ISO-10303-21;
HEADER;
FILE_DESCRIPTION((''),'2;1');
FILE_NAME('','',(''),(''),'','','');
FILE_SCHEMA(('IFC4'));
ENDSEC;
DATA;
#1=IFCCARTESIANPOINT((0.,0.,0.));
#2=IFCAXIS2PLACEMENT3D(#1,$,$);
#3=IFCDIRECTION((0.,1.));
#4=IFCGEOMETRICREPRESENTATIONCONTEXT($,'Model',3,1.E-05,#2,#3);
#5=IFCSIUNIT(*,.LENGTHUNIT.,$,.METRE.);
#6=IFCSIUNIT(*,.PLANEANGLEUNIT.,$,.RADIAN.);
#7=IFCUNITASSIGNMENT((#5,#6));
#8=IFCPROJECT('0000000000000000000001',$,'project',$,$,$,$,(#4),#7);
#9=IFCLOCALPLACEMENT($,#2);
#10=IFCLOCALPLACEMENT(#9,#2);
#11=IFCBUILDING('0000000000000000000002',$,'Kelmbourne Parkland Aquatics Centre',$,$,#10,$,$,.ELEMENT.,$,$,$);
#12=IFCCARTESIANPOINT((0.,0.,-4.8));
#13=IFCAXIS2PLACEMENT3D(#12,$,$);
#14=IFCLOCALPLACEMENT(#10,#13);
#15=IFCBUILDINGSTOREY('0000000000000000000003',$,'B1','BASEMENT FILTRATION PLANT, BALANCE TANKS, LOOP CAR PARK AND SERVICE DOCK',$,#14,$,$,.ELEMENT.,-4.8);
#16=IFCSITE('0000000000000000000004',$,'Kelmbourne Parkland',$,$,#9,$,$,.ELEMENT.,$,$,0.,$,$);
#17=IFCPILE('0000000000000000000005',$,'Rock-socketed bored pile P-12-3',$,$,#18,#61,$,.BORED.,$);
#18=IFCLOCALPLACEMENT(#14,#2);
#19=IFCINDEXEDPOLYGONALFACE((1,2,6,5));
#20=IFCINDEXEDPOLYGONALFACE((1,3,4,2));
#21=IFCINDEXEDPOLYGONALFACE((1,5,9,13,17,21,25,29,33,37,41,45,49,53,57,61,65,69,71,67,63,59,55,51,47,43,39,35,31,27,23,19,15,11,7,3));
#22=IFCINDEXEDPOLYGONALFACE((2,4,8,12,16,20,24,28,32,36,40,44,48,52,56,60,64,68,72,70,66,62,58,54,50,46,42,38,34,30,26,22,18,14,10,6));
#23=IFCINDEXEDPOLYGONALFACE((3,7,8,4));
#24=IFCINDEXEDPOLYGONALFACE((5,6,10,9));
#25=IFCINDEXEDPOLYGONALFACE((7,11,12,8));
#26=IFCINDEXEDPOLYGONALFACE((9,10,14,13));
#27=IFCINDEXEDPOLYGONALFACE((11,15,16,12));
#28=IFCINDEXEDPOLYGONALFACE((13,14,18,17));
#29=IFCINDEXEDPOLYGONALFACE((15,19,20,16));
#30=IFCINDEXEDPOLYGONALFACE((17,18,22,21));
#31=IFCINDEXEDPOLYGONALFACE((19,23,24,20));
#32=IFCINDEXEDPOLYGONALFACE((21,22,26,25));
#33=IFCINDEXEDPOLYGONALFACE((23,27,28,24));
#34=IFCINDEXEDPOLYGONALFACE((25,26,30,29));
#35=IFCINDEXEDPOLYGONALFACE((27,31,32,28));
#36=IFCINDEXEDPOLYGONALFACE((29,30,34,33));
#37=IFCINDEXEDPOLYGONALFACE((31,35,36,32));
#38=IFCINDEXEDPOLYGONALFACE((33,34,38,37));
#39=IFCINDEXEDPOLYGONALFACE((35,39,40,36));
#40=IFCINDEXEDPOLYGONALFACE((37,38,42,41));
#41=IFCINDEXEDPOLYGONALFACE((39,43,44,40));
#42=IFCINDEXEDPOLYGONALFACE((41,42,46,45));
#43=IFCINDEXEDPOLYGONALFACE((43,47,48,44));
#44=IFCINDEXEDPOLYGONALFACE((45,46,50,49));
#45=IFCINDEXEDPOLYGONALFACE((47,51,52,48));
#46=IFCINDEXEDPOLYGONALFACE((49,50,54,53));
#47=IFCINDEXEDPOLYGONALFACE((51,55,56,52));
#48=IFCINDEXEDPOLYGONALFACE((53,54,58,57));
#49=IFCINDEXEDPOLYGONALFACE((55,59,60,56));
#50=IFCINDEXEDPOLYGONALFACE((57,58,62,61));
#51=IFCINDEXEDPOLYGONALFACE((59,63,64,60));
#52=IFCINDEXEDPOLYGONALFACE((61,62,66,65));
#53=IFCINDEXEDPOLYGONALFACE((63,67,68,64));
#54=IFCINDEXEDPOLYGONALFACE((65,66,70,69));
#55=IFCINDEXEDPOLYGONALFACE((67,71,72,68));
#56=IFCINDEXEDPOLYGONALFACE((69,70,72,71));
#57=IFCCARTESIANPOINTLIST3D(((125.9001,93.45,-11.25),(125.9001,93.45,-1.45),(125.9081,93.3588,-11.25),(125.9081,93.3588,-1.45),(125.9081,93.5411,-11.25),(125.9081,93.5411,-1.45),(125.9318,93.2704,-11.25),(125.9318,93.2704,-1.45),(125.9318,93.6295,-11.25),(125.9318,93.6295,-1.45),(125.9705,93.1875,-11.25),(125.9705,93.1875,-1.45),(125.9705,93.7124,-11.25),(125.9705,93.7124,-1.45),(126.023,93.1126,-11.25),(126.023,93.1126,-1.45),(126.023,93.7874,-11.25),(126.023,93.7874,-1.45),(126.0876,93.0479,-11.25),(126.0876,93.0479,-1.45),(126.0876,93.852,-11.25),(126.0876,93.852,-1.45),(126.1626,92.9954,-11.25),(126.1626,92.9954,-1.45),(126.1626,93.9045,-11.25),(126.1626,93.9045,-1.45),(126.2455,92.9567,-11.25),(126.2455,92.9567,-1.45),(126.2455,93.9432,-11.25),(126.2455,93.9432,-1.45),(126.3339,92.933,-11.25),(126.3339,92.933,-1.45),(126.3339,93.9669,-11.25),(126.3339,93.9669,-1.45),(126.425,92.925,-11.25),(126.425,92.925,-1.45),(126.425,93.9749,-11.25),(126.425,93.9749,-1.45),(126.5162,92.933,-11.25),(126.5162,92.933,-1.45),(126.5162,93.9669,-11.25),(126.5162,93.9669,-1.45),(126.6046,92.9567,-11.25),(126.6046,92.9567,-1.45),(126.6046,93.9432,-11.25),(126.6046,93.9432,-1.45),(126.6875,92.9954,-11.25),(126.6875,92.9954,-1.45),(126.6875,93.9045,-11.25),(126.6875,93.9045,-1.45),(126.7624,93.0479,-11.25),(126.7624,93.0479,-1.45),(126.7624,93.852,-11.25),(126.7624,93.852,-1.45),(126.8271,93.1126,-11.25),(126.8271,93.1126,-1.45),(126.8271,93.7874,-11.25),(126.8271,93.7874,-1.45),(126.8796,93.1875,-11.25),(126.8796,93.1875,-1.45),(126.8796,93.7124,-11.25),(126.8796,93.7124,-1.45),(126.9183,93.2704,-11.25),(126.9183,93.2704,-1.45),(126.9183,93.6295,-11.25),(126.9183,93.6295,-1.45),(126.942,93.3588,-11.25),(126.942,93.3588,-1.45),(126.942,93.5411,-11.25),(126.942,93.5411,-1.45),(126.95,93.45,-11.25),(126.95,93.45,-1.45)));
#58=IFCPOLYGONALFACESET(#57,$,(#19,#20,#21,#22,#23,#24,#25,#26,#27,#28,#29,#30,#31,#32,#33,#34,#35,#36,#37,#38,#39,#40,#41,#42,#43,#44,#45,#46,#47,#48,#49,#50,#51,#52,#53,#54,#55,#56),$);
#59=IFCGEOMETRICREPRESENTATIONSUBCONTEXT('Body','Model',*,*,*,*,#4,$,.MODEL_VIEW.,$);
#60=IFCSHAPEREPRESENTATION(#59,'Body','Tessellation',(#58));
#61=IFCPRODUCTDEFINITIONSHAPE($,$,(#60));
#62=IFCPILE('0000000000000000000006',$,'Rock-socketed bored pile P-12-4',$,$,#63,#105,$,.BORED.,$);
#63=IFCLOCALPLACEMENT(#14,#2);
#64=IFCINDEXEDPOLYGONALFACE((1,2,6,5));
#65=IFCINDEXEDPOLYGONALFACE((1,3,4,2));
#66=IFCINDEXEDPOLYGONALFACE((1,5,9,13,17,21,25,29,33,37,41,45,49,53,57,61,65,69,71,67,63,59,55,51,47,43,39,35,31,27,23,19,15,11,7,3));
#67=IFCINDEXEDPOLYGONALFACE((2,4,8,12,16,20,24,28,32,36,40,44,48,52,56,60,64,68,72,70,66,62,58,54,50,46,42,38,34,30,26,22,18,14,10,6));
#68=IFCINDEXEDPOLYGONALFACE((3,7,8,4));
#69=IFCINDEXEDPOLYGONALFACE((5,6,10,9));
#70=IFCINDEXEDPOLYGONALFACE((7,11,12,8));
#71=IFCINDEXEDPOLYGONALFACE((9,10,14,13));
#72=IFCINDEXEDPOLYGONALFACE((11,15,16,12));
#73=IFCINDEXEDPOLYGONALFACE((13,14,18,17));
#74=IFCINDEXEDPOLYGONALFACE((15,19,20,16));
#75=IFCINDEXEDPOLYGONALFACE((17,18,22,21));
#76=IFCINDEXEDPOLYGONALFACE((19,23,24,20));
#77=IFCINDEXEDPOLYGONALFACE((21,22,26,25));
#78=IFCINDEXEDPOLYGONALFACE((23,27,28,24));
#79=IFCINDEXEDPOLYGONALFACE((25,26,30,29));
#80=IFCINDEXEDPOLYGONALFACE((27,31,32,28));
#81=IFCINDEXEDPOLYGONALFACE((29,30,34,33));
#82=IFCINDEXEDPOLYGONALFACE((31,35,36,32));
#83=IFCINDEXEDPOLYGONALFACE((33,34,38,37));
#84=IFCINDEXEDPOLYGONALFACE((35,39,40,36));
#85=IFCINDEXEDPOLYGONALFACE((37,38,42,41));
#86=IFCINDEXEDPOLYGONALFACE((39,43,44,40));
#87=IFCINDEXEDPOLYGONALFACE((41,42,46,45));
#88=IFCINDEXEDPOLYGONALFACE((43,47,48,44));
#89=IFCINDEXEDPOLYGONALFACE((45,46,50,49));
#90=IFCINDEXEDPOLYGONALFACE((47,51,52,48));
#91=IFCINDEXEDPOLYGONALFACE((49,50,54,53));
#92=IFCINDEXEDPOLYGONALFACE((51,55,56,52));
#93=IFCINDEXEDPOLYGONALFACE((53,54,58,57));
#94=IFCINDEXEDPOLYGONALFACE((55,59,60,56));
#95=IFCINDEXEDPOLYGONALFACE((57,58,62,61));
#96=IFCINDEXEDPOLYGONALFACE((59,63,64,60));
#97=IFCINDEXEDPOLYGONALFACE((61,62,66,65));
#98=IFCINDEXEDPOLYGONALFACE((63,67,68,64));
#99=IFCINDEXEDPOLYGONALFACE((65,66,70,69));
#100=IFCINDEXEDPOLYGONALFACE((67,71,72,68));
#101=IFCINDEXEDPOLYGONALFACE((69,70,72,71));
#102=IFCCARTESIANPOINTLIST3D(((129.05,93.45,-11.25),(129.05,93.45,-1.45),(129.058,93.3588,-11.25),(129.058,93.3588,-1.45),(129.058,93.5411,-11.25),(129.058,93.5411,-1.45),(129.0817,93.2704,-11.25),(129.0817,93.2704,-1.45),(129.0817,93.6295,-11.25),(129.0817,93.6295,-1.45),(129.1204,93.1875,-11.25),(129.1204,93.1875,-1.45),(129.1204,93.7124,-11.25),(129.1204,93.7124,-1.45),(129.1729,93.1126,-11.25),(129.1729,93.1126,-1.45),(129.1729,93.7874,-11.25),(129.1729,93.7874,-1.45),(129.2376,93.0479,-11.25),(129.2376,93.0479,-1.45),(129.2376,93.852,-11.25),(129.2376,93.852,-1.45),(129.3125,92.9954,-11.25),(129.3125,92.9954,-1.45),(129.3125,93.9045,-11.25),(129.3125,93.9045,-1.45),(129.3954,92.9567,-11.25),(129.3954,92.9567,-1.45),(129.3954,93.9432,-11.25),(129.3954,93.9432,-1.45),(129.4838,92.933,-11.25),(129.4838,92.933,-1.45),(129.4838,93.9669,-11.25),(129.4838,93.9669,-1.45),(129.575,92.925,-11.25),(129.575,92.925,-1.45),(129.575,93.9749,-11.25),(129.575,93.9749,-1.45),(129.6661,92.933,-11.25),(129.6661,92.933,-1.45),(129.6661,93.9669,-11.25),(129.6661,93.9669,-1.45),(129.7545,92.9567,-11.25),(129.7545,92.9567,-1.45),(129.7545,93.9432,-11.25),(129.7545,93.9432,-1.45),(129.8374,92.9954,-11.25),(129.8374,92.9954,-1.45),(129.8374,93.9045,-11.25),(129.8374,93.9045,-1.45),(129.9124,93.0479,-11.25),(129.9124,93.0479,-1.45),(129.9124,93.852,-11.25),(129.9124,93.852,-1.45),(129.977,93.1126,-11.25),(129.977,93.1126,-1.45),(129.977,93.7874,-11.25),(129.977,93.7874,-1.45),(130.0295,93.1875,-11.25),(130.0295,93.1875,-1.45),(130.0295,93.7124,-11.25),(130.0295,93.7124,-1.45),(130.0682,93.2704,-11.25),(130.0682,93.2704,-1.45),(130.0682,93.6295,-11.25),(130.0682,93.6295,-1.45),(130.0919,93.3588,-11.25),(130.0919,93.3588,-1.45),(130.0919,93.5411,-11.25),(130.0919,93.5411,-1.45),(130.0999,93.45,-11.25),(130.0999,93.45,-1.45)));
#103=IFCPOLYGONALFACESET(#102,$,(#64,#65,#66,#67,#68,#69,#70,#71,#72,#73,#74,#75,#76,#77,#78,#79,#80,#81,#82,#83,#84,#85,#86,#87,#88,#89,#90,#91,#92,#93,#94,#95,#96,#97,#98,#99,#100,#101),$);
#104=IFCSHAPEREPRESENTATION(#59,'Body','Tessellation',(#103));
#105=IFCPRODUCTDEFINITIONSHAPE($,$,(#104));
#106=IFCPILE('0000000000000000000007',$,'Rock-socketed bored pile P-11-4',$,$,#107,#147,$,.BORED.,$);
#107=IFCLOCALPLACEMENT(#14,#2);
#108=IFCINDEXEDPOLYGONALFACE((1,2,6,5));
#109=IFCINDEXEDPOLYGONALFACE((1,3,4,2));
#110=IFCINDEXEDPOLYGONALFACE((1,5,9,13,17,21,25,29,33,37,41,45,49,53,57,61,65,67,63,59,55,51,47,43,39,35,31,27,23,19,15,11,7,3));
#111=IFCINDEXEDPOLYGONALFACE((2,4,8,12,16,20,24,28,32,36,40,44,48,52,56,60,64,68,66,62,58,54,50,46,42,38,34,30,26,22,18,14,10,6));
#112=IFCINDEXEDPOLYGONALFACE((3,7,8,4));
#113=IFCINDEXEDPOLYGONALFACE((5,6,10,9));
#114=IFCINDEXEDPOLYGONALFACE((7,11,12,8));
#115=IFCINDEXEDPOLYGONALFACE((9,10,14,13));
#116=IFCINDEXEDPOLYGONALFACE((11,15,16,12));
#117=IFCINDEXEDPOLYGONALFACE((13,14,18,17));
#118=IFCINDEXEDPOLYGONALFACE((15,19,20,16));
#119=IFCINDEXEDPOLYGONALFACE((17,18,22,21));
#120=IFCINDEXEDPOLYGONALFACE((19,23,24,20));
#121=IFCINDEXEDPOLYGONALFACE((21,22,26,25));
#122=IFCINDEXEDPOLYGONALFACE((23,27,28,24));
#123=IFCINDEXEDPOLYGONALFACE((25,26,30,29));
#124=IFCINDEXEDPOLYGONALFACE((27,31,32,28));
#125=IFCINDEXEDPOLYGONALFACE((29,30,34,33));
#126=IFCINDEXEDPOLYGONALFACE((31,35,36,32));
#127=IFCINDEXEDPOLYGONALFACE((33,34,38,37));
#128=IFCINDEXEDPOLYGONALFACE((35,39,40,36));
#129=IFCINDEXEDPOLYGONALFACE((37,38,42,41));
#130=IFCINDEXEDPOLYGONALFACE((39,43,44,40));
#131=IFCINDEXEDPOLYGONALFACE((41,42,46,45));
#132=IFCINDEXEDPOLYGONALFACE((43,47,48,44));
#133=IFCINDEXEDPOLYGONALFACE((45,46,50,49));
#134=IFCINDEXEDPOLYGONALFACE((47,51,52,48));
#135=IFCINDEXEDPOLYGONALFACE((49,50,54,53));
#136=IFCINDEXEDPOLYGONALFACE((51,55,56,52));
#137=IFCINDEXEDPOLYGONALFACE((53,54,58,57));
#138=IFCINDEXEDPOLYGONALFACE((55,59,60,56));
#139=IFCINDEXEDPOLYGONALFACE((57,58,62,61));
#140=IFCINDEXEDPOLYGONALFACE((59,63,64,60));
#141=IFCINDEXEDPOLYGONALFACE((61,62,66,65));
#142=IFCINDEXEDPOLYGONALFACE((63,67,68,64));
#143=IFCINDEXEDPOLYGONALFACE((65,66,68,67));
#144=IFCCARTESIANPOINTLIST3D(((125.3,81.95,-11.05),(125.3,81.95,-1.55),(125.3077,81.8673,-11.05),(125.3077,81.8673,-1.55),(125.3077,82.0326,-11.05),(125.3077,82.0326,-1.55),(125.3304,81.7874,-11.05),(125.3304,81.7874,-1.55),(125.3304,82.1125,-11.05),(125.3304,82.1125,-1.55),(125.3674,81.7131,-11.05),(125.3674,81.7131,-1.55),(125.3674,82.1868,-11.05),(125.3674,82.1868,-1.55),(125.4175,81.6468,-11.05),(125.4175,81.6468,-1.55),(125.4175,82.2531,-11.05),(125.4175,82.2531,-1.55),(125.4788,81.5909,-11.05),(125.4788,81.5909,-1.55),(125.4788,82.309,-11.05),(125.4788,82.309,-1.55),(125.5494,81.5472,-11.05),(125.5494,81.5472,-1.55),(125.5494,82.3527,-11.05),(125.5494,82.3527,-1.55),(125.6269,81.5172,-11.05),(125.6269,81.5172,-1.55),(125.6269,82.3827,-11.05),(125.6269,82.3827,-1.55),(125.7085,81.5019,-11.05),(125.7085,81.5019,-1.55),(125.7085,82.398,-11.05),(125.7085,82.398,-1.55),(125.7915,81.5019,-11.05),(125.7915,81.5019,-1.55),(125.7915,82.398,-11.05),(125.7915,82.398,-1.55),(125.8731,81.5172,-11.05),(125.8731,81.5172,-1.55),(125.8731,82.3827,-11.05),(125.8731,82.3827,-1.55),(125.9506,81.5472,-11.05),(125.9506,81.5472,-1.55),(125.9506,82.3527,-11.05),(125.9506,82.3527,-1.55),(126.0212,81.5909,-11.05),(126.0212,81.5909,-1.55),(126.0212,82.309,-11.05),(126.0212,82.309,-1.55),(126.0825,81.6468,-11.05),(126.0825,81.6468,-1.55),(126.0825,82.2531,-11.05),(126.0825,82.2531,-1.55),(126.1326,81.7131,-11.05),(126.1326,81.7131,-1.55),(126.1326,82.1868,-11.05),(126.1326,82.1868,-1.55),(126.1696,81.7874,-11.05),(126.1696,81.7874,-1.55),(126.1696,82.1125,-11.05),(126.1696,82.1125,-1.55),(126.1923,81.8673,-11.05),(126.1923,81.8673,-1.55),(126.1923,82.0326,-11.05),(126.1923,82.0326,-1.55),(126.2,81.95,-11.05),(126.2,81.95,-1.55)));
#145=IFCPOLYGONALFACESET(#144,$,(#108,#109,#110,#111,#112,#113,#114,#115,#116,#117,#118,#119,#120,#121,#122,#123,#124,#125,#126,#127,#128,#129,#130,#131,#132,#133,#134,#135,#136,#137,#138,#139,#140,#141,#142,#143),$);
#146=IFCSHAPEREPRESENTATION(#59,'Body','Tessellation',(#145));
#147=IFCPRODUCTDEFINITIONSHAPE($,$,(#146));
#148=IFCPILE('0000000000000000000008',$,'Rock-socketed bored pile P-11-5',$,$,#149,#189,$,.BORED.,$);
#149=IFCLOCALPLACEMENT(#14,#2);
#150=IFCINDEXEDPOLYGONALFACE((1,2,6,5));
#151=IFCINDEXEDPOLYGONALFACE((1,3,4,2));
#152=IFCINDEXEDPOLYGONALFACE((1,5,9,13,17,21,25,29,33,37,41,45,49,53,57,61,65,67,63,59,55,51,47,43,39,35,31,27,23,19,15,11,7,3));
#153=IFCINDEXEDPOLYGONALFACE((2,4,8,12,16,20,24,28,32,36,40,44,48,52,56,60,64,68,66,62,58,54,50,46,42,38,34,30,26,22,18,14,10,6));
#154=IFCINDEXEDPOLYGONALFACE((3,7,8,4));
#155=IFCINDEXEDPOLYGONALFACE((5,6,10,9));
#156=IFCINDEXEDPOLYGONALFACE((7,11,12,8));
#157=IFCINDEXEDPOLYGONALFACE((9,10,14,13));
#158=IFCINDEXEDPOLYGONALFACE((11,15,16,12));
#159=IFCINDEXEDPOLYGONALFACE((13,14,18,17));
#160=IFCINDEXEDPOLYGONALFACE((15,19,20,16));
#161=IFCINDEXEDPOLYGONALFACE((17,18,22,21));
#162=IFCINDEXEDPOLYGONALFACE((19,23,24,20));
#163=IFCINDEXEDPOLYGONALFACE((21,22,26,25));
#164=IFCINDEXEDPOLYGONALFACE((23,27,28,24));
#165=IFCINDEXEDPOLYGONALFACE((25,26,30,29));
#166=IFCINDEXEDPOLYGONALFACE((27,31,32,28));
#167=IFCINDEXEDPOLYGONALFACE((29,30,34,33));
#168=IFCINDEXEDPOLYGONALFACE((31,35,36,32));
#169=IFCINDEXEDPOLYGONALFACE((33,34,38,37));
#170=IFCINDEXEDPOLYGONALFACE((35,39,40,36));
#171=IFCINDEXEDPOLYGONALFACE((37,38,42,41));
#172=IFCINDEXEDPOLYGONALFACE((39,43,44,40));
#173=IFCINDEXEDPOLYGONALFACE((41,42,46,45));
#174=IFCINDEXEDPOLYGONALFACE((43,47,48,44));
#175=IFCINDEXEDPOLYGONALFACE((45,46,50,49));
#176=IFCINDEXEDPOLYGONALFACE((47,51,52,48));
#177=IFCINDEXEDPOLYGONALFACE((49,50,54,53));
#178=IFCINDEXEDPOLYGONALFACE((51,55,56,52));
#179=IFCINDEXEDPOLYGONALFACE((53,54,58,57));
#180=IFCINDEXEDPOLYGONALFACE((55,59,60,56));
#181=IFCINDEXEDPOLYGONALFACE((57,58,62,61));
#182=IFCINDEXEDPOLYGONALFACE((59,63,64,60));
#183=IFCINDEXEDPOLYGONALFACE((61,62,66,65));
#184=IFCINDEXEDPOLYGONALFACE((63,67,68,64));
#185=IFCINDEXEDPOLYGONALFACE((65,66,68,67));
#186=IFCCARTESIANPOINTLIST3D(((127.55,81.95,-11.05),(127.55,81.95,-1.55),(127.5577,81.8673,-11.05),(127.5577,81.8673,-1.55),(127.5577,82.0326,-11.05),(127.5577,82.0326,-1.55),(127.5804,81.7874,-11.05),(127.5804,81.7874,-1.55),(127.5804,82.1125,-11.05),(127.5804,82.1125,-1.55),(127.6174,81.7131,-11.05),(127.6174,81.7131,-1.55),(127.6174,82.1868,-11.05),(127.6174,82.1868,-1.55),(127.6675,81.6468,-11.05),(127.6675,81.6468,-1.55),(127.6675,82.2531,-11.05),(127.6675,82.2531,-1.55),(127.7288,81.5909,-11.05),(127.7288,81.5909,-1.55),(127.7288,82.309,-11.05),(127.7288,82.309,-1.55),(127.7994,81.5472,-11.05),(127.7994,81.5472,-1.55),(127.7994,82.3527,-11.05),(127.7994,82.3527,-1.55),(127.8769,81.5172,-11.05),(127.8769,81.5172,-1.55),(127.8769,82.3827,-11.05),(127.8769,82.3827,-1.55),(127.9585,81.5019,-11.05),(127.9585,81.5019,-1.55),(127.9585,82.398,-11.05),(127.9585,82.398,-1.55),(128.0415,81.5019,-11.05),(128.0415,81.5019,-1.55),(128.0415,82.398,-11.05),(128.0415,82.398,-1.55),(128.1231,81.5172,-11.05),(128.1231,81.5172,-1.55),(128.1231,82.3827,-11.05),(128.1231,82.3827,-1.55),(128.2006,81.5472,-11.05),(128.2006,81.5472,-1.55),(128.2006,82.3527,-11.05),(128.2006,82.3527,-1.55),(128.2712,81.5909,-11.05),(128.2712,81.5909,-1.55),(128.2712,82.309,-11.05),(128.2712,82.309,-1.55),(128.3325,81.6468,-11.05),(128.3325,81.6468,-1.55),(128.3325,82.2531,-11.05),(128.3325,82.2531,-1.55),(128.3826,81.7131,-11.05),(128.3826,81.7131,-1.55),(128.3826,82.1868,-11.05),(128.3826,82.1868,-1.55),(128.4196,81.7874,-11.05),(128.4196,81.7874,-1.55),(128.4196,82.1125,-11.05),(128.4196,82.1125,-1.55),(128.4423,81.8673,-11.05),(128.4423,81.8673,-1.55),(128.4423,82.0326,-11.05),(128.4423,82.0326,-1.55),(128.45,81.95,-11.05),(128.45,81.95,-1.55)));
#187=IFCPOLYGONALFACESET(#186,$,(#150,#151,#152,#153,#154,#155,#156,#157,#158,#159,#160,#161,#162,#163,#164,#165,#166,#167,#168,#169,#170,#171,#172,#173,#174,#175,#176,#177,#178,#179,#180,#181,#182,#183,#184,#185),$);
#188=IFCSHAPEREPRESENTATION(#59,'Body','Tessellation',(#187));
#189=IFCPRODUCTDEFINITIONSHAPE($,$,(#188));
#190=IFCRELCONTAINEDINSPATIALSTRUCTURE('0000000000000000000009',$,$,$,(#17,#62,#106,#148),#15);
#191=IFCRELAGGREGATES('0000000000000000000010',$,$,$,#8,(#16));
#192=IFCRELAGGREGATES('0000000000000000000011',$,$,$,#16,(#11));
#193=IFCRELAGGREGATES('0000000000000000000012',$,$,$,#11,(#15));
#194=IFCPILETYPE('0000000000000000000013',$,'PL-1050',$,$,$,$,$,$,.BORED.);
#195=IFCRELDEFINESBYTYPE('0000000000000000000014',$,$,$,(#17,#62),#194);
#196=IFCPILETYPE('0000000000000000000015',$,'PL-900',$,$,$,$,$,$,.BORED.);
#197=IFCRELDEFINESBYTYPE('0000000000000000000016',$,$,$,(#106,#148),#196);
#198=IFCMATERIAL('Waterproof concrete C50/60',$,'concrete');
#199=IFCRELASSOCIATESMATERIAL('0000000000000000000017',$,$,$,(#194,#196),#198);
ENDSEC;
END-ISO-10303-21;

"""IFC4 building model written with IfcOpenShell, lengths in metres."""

from ifc_helpers import new_model, si_unit, direction, frame, origin, origin_2d, place, context, subcontext, project, spatial, circle, extrude, material, material_profile, profile_set, type_object, element, save


model = new_model("IFC4")

# Units and contexts
model_context = context("Model", 3, precision=1e-05, world=origin(), true_north=direction((0.0, 1.0)))
body_context = subcontext(model_context, "Body", "Model", "MODEL_VIEW")
ifc_project = project(units=[si_unit("LENGTHUNIT", "METRE"), si_unit("PLANEANGLEUNIT", "RADIAN")], contexts=[model_context])

# Site, building, storey
site_placement = place(None, origin())
site = spatial("IfcSite", under=ifc_project, at=site_placement, Name="Kelmbourne Parkland", CompositionType="ELEMENT", RefElevation=0.0)
building_placement = place(site_placement, origin())
building = spatial("IfcBuilding", under=site, at=building_placement, Name="Kelmbourne Parkland Aquatics Centre", CompositionType="ELEMENT")
storey_placement = place(building_placement, frame((0.0, 0.0, -4.8)))
storey = spatial("IfcBuildingStorey", under=building, at=storey_placement, Name="B1", Description="BASEMENT FILTRATION PLANT, BALANCE TANKS, LOOP CAR PARK AND SERVICE DOCK", CompositionType="ELEMENT", Elevation=-4.8)

# Shared definitions
ifc_material_1 = material(Name="Waterproof concrete C50/60", Category="concrete")

# Piles
ifc_material_profile_1 = material_profile(ifc_material_1, circle(Radius=0.5249, at=origin_2d()), Name="PILE D1050")
ifc_profile_set_1 = profile_set([ifc_material_profile_1], Name="Waterproof concrete C50/60")
pile_type_1 = type_object("IfcPileType", Name="PL-1050", PredefinedType="BORED", material=ifc_profile_set_1)
for number, where, z_axis, x_axis, name in (
    (1, (126.425, 93.45, -1.45), (0.0, 0.0, -1.0), (1.0, 0.0, 0.0), "Rock-socketed bored pile P-12-3"),
    (2, (129.575, 93.45, -1.45), (0.0, 0.0, -1.0), (1.0, 0.0, 0.0), "Rock-socketed bored pile P-12-4"),
):
    element("IfcPile", number, at=place(storey_placement, frame(where, z_axis=z_axis, x_axis=x_axis)), inside=storey, type_object=pile_type_1, Name=name, PredefinedType="BORED", context=body_context, shape_type="SweptSolid", body=[
        extrude(circle(Radius=0.5249, at=origin_2d()), origin(), (0.0, 0.0, 1.0), 9.8),
    ])
ifc_material_profile_2 = material_profile(ifc_material_1, circle(Radius=0.45, at=origin_2d()), Name="PILE D900")
ifc_profile_set_2 = profile_set([ifc_material_profile_2], Name="Waterproof concrete C50/60")
pile_type_2 = type_object("IfcPileType", Name="PL-900", PredefinedType="BORED", material=ifc_profile_set_2)
for number, where, z_axis, x_axis, name in (
    (3, (125.75, 81.95, -1.55), (0.0, 0.0, -1.0), (1.0, 0.0, 0.0), "Rock-socketed bored pile P-11-4"),
    (4, (128.0, 81.95, -1.55), (0.0, 0.0, -1.0), (1.0, 0.0, 0.0), "Rock-socketed bored pile P-11-5"),
):
    element("IfcPile", number, at=place(storey_placement, frame(where, z_axis=z_axis, x_axis=x_axis)), inside=storey, type_object=pile_type_2, Name=name, PredefinedType="BORED", context=body_context, shape_type="SweptSolid", body=[
        extrude(circle(Radius=0.45, at=origin_2d()), origin(), (0.0, 0.0, 1.0), 9.5),
    ])

save(model, "model.ifc")
